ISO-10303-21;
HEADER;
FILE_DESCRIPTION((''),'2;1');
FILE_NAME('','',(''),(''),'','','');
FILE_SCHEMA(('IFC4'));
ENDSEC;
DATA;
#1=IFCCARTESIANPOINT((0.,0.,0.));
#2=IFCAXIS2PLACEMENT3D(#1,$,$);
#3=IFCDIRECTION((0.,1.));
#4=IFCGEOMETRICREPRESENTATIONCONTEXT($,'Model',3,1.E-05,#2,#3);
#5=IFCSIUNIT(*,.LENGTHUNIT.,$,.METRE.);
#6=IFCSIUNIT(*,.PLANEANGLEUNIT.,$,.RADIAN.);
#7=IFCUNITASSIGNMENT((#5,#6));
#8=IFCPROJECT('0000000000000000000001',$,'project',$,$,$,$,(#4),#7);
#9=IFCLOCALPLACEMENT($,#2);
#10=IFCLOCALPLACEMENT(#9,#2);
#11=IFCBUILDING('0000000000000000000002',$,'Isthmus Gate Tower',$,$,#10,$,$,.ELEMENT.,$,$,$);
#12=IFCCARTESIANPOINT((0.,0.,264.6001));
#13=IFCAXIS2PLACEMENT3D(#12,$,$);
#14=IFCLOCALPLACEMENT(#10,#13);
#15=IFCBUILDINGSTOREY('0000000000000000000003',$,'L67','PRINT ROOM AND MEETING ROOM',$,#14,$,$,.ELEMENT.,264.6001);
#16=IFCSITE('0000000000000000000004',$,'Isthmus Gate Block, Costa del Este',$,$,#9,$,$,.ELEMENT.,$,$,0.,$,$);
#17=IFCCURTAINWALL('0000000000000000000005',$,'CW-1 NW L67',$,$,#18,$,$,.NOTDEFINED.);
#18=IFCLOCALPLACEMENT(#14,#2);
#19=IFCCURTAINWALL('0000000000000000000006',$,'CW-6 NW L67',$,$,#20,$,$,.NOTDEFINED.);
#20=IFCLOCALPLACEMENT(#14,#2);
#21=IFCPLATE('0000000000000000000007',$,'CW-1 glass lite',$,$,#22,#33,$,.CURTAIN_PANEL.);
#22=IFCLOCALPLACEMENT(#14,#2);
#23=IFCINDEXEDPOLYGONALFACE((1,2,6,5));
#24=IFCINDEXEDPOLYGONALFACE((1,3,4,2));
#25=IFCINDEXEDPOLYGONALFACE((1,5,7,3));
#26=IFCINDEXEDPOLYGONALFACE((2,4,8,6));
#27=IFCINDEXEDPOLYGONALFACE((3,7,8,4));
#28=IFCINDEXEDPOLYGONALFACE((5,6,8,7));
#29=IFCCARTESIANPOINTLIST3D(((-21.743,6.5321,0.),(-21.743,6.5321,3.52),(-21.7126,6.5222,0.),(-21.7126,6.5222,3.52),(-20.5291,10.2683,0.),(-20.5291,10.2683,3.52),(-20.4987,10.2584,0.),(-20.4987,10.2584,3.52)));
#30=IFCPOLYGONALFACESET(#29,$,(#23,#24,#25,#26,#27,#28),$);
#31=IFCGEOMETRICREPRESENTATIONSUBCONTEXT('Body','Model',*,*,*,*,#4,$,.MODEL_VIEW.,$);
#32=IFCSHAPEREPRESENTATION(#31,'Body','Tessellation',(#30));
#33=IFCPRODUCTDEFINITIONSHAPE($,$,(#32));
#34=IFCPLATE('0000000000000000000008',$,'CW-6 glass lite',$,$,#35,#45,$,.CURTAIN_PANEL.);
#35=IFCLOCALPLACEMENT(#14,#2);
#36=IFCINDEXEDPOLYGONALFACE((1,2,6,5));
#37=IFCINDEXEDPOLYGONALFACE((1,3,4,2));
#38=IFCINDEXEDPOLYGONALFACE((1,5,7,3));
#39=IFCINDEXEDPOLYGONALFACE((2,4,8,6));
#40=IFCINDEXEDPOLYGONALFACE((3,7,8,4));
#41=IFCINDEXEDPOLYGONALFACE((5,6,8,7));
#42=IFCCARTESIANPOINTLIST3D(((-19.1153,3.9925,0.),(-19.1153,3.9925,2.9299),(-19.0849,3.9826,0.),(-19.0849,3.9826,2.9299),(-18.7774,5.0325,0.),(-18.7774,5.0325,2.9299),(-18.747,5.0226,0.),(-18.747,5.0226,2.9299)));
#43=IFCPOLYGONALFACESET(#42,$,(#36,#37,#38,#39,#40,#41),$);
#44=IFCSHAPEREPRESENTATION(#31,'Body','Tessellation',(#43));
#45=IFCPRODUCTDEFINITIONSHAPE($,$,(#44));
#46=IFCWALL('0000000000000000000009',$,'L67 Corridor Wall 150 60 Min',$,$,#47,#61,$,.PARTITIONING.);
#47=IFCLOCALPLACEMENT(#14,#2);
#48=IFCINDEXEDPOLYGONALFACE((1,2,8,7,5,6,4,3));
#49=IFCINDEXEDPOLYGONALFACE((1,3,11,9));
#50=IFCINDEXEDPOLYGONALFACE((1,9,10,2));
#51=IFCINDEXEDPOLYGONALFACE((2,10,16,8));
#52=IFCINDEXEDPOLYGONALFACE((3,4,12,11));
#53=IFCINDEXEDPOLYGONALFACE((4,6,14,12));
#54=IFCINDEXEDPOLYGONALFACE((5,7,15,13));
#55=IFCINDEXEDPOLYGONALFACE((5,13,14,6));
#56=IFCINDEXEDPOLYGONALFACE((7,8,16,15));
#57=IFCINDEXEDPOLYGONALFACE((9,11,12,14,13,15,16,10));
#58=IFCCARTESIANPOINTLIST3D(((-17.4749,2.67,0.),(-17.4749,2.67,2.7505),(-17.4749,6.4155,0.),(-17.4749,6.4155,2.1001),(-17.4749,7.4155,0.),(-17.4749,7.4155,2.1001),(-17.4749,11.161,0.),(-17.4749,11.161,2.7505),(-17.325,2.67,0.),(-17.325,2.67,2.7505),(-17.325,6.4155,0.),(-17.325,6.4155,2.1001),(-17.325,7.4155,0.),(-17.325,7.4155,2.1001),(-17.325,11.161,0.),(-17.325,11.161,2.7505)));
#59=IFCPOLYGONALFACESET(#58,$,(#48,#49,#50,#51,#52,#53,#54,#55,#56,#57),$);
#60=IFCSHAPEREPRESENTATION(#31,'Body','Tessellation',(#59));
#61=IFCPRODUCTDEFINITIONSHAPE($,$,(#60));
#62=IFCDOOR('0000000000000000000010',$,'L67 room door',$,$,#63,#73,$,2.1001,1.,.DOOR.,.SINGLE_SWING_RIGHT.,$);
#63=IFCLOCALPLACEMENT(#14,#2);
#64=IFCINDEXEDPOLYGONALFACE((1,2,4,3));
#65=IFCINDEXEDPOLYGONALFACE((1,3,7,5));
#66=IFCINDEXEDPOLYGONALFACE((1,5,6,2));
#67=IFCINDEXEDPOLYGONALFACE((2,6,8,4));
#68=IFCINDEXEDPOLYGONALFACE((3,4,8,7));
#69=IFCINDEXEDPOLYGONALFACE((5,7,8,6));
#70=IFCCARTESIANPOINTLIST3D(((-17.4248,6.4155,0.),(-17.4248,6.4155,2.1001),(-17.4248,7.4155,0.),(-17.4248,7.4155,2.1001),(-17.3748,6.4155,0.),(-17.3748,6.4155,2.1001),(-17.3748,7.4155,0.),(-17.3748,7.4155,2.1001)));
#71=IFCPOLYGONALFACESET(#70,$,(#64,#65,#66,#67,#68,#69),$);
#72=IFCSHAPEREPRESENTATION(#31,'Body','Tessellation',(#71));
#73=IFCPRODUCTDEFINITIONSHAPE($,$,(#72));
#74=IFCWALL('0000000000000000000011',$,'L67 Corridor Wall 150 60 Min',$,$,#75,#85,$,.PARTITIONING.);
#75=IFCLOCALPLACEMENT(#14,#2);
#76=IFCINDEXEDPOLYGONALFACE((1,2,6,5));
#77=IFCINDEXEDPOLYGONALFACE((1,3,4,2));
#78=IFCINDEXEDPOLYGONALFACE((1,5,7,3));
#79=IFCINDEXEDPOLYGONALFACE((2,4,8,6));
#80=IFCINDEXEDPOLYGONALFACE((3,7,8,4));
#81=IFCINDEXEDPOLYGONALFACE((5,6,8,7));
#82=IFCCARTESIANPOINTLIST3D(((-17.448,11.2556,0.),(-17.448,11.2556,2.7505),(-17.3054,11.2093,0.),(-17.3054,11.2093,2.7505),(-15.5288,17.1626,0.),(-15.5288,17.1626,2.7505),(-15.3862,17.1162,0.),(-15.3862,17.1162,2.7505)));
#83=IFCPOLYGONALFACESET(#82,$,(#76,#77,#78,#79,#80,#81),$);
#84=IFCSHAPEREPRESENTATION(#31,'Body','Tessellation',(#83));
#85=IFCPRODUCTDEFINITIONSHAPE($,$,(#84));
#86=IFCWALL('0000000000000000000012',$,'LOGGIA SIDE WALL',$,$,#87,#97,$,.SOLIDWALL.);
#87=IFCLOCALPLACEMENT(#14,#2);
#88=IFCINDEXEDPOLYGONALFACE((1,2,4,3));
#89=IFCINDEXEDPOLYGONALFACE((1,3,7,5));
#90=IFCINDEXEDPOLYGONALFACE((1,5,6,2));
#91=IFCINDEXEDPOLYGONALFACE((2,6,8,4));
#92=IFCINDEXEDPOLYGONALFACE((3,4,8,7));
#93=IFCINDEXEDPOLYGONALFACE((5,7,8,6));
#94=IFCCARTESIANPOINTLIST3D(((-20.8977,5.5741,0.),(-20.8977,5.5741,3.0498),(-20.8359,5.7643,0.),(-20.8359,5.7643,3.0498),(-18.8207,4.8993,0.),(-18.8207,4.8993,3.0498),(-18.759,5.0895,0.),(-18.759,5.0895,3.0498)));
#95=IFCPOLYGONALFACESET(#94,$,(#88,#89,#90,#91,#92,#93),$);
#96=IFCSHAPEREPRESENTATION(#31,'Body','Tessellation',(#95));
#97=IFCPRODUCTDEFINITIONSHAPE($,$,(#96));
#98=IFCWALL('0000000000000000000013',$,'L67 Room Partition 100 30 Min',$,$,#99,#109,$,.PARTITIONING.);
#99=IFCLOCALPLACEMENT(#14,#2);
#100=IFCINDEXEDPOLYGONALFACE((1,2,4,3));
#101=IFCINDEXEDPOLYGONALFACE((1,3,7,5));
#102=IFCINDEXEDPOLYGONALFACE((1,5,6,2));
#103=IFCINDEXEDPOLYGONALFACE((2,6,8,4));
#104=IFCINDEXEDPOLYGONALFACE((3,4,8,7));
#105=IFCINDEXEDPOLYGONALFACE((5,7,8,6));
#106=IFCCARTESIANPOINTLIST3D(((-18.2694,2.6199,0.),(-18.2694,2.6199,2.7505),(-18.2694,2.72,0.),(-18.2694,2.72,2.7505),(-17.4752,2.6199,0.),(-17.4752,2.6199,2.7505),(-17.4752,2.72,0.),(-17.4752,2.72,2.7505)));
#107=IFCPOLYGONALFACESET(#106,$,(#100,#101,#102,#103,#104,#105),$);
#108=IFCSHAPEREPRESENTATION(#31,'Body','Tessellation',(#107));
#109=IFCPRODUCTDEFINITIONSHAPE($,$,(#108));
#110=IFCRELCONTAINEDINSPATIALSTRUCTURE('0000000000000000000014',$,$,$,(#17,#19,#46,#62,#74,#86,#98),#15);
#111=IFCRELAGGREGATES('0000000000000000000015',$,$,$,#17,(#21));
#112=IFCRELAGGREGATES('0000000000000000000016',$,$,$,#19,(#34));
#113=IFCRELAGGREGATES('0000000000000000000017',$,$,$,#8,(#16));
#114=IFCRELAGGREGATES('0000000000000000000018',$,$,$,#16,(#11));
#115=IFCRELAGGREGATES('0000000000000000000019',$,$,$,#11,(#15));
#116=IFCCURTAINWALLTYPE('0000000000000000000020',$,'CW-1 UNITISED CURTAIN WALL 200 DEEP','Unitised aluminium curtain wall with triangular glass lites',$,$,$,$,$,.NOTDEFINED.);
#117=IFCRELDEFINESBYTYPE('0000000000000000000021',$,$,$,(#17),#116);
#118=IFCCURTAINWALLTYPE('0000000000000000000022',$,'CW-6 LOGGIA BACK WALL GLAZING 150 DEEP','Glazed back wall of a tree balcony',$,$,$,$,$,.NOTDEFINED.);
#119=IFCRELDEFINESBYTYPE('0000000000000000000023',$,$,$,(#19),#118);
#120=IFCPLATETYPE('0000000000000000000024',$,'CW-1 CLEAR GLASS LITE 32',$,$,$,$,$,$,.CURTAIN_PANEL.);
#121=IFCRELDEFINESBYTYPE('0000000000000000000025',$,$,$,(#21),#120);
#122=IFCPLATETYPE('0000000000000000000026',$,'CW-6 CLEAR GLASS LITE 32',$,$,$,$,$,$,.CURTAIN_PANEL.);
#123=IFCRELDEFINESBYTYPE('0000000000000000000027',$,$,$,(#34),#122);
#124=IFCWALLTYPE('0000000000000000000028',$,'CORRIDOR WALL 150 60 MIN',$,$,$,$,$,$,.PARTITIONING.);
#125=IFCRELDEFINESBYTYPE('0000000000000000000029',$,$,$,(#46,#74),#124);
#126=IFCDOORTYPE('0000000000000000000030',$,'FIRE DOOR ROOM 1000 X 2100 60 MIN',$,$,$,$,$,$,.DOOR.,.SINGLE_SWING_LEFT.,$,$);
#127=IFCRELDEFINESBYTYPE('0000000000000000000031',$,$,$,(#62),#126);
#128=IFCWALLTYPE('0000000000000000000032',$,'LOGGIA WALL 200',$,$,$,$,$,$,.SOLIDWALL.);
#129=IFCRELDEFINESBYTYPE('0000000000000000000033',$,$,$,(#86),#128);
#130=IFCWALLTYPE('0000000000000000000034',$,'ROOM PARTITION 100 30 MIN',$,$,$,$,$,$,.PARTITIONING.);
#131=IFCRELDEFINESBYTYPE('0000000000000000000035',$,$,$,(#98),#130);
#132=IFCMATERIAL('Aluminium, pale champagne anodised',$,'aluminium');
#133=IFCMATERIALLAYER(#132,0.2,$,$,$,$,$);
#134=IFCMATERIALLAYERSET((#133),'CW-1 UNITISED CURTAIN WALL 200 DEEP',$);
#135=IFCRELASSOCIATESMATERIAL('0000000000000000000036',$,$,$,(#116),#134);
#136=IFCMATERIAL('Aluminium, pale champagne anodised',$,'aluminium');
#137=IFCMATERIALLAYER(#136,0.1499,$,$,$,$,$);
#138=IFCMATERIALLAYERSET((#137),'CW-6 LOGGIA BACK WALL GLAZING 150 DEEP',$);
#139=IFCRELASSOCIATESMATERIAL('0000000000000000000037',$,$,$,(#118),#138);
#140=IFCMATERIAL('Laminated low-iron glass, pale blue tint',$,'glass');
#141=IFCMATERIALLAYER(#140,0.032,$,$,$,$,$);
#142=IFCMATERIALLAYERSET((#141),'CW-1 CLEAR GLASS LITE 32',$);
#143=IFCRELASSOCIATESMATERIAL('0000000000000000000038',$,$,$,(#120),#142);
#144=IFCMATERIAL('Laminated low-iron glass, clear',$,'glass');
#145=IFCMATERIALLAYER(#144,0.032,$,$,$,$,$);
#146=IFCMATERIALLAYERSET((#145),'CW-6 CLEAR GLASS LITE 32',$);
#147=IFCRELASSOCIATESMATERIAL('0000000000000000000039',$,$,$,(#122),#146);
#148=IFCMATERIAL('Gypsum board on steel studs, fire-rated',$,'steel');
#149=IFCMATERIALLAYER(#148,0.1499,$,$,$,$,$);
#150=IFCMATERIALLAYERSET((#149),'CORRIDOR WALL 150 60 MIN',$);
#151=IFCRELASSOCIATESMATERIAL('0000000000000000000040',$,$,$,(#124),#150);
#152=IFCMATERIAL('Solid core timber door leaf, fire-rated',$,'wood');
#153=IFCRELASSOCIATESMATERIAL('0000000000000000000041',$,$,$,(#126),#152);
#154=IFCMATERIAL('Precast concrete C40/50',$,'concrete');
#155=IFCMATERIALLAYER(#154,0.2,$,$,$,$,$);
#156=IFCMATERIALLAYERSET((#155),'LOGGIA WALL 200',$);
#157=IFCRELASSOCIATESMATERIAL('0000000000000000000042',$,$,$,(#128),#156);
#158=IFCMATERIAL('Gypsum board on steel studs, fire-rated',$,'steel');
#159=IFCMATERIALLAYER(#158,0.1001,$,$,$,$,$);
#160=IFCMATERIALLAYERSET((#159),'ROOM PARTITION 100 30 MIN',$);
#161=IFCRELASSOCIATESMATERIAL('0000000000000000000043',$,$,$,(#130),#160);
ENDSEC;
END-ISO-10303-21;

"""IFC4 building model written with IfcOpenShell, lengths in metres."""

from ifc_helpers import new_model, si_unit, direction, frame, frame_2d, origin, origin_2d, place, context, subcontext, project, spatial, rectangle, extrude, material, layer, layer_set, type_object, element, fill, aggregate, save


model = new_model("IFC4")

# Units and contexts
model_context = context("Model", 3, precision=1e-05, world=origin(), true_north=direction((0.0, 1.0)))
body_context = subcontext(model_context, "Body", "Model", "MODEL_VIEW")
ifc_project = project(units=[si_unit("LENGTHUNIT", "METRE"), si_unit("PLANEANGLEUNIT", "RADIAN")], contexts=[model_context])

# Site, building, storey
site_placement = place(None, origin())
site = spatial("IfcSite", under=ifc_project, at=site_placement, Name="Isthmus Gate Block, Costa del Este", CompositionType="ELEMENT", RefElevation=0.0)
building_placement = place(site_placement, origin())
building = spatial("IfcBuilding", under=site, at=building_placement, Name="Isthmus Gate Tower", CompositionType="ELEMENT")
storey_placement = place(building_placement, frame((0.0, 0.0, 264.6001)))
storey = spatial("IfcBuildingStorey", under=building, at=storey_placement, Name="L67", Description="PRINT ROOM AND MEETING ROOM", CompositionType="ELEMENT", Elevation=264.6001)

# Curtain wall
ifc_material_1 = material(Name="Aluminium, pale champagne anodised", Category="aluminium")
ifc_layer_1 = layer(ifc_material_1, 0.2)
ifc_layer_set_1 = layer_set([ifc_layer_1], Name="CW-1 UNITISED CURTAIN WALL 200 DEEP")
curtain_wall_type_1 = type_object("IfcCurtainWallType", Name="CW-1 UNITISED CURTAIN WALL 200 DEEP", Description="Unitised aluminium curtain wall with triangular glass lites", PredefinedType="NOTDEFINED", material=ifc_layer_set_1)
curtain_wall_1_placement = place(storey_placement, origin())
curtain_wall_1 = element("IfcCurtainWall", 1, at=curtain_wall_1_placement, inside=storey, type_object=curtain_wall_type_1, Name="CW-1 NW L67", PredefinedType="NOTDEFINED")

# Curtain wall
ifc_material_2 = material(Name="Aluminium, pale champagne anodised", Category="aluminium")
ifc_layer_2 = layer(ifc_material_2, 0.1499)
ifc_layer_set_2 = layer_set([ifc_layer_2], Name="CW-6 LOGGIA BACK WALL GLAZING 150 DEEP")
curtain_wall_type_2 = type_object("IfcCurtainWallType", Name="CW-6 LOGGIA BACK WALL GLAZING 150 DEEP", Description="Glazed back wall of a tree balcony", PredefinedType="NOTDEFINED", material=ifc_layer_set_2)
curtain_wall_2_placement = place(storey_placement, origin())
curtain_wall_2 = element("IfcCurtainWall", 2, at=curtain_wall_2_placement, inside=storey, type_object=curtain_wall_type_2, Name="CW-6 NW L67", PredefinedType="NOTDEFINED")

# Plates
ifc_material_3 = material(Name="Laminated low-iron glass, pale blue tint", Category="glass")
ifc_layer_3 = layer(ifc_material_3, 0.032)
ifc_layer_set_3 = layer_set([ifc_layer_3], Name="CW-1 CLEAR GLASS LITE 32")
plate_type_1 = type_object("IfcPlateType", Name="CW-1 CLEAR GLASS LITE 32", PredefinedType="CURTAIN_PANEL", material=ifc_layer_set_3)
plate_1_placement = place(storey_placement, frame((-21.1208, 8.3953, 0.0), z_axis=(0.0, 0.0, 1.0), x_axis=(-0.309017, -0.951057, 0.0)))
plate_1 = element("IfcPlate", 3, at=plate_1_placement, type_object=plate_type_1, Name="CW-1 glass lite", PredefinedType="CURTAIN_PANEL", context=body_context, shape_type="SweptSolid", body=[
    extrude(rectangle(XDim=3.9285, YDim=0.032, at=origin_2d()), origin(), (0.0, 0.0, 1.0), 3.52),
])
aggregate(curtain_wall_1, [plate_1])
ifc_material_4 = material(Name="Laminated low-iron glass, clear", Category="glass")
ifc_layer_4 = layer(ifc_material_4, 0.032)
ifc_layer_set_4 = layer_set([ifc_layer_4], Name="CW-6 CLEAR GLASS LITE 32")
plate_type_2 = type_object("IfcPlateType", Name="CW-6 CLEAR GLASS LITE 32", PredefinedType="CURTAIN_PANEL", material=ifc_layer_set_4)
plate_2_placement = place(storey_placement, frame((-18.9312, 4.5076, 0.0), z_axis=(0.0, 0.0, 1.0), x_axis=(-0.309017, -0.951057, 0.0)))
plate_2 = element("IfcPlate", 4, at=plate_2_placement, type_object=plate_type_2, Name="CW-6 glass lite", PredefinedType="CURTAIN_PANEL", context=body_context, shape_type="SweptSolid", body=[
    extrude(rectangle(XDim=1.0935, YDim=0.032, at=origin_2d()), origin(), (0.0, 0.0, 1.0), 2.9299),
])
aggregate(curtain_wall_2, [plate_2])

# Wall, opening, door
ifc_material_5 = material(Name="Gypsum board on steel studs, fire-rated", Category="steel")
ifc_layer_5 = layer(ifc_material_5, 0.1499)
ifc_layer_set_5 = layer_set([ifc_layer_5], Name="CORRIDOR WALL 150 60 MIN")
wall_type_1 = type_object("IfcWallType", Name="CORRIDOR WALL 150 60 MIN", PredefinedType="PARTITIONING", material=ifc_layer_set_5)
wall_1_placement = place(storey_placement, frame((-17.3999, 2.6699, 0.0), z_axis=(0.0, 0.0, 1.0), x_axis=(0.0, 1.0, 0.0)))
wall_1 = element("IfcWall", 5, at=wall_1_placement, inside=storey, type_object=wall_type_1, Name="L67 Corridor Wall 150 60 Min", PredefinedType="PARTITIONING", context=body_context, shape_type="SweptSolid", body=[
    extrude(rectangle(XDim=8.491, YDim=0.1499, at=frame_2d((4.2456, 0.0))), origin(), (0.0, 0.0, 1.0), 2.7505),
])
opening_1_placement = place(wall_1_placement, frame((3.7456, 0.0, 0.0)))
opening_1 = element("IfcOpeningElement", 6, at=opening_1_placement, cuts=wall_1, PredefinedType="OPENING", context=body_context, shape_type="SweptSolid", body=[
    extrude(rectangle(XDim=1.0, YDim=2.1001, at=frame_2d((0.5, 1.05))), frame((0.0, 0.085, 0.0), z_axis=(0.0, -1.0, 0.0), x_axis=(1.0, 0.0, 0.0)), (0.0, 0.0, 1.0), 0.1699),
])
ifc_material_6 = material(Name="Solid core timber door leaf, fire-rated", Category="wood")
door_type_1 = type_object("IfcDoorType", Name="FIRE DOOR ROOM 1000 X 2100 60 MIN", OperationType="SINGLE_SWING_LEFT", PredefinedType="DOOR", material=ifc_material_6)
door_1_placement = place(opening_1_placement, origin())
door_1 = element("IfcDoor", 7, at=door_1_placement, inside=storey, type_object=door_type_1, Name="L67 room door", OperationType="SINGLE_SWING_RIGHT", OverallHeight=2.1001, OverallWidth=1.0, PredefinedType="DOOR", context=body_context, shape_type="SweptSolid", body=[
    extrude(rectangle(XDim=1.0, YDim=2.1001, at=frame_2d((0.5, 1.05))), frame((0.0, 0.0249, 0.0), z_axis=(0.0, -1.0, 0.0), x_axis=(1.0, 0.0, 0.0)), (0.0, 0.0, 1.0), 0.05),
])
fill(opening_1, door_1)

# Wall
wall_2_placement = place(storey_placement, frame((-17.3767, 11.2324, 0.0), z_axis=(0.0, 0.0, 1.0), x_axis=(0.309002, 0.951062, 0.0)))
element("IfcWall", 8, at=wall_2_placement, inside=storey, type_object=wall_type_1, Name="L67 Corridor Wall 150 60 Min", PredefinedType="PARTITIONING", context=body_context, shape_type="SweptSolid", body=[
    extrude(rectangle(XDim=6.2109, YDim=0.1499, at=frame_2d((3.1055, 0.0))), origin(), (0.0, 0.0, 1.0), 2.7505),
])

# Shared definitions
ifc_material_7 = material(Name="Precast concrete C40/50", Category="concrete")
ifc_layer_6 = layer(ifc_material_7, 0.2)
ifc_layer_set_6 = layer_set([ifc_layer_6], Name="LOGGIA WALL 200")
wall_type_2 = type_object("IfcWallType", Name="LOGGIA WALL 200", PredefinedType="SOLIDWALL", material=ifc_layer_set_6)

# Walls
wall_3_placement = place(storey_placement, frame((-20.8667, 5.6692, 0.0), z_axis=(0.0, 0.0, 1.0), x_axis=(0.95106, -0.309008, 0.0)))
element("IfcWall", 9, at=wall_3_placement, inside=storey, type_object=wall_type_2, Name="LOGGIA SIDE WALL", PredefinedType="SOLIDWALL", context=body_context, shape_type="SweptSolid", body=[
    extrude(rectangle(XDim=2.1838, YDim=0.2, at=frame_2d((1.0918, 0.0))), origin(), (0.0, 0.0, 1.0), 3.0498),
])
ifc_material_8 = material(Name="Gypsum board on steel studs, fire-rated", Category="steel")
ifc_layer_7 = layer(ifc_material_8, 0.1001)
ifc_layer_set_7 = layer_set([ifc_layer_7], Name="ROOM PARTITION 100 30 MIN")
wall_type_3 = type_object("IfcWallType", Name="ROOM PARTITION 100 30 MIN", PredefinedType="PARTITIONING", material=ifc_layer_set_7)
wall_4_placement = place(storey_placement, frame((-18.2693, 2.6699, 0.0), z_axis=(0.0, 0.0, 1.0), x_axis=(1.0, 0.0, 0.0)))
element("IfcWall", 10, at=wall_4_placement, inside=storey, type_object=wall_type_3, Name="L67 Room Partition 100 30 Min", PredefinedType="PARTITIONING", context=body_context, shape_type="SweptSolid", body=[
    extrude(rectangle(XDim=0.7942, YDim=0.1001, at=frame_2d((0.397, 0.0))), origin(), (0.0, 0.0, 1.0), 2.7505),
])

save(model, "model.ifc")
